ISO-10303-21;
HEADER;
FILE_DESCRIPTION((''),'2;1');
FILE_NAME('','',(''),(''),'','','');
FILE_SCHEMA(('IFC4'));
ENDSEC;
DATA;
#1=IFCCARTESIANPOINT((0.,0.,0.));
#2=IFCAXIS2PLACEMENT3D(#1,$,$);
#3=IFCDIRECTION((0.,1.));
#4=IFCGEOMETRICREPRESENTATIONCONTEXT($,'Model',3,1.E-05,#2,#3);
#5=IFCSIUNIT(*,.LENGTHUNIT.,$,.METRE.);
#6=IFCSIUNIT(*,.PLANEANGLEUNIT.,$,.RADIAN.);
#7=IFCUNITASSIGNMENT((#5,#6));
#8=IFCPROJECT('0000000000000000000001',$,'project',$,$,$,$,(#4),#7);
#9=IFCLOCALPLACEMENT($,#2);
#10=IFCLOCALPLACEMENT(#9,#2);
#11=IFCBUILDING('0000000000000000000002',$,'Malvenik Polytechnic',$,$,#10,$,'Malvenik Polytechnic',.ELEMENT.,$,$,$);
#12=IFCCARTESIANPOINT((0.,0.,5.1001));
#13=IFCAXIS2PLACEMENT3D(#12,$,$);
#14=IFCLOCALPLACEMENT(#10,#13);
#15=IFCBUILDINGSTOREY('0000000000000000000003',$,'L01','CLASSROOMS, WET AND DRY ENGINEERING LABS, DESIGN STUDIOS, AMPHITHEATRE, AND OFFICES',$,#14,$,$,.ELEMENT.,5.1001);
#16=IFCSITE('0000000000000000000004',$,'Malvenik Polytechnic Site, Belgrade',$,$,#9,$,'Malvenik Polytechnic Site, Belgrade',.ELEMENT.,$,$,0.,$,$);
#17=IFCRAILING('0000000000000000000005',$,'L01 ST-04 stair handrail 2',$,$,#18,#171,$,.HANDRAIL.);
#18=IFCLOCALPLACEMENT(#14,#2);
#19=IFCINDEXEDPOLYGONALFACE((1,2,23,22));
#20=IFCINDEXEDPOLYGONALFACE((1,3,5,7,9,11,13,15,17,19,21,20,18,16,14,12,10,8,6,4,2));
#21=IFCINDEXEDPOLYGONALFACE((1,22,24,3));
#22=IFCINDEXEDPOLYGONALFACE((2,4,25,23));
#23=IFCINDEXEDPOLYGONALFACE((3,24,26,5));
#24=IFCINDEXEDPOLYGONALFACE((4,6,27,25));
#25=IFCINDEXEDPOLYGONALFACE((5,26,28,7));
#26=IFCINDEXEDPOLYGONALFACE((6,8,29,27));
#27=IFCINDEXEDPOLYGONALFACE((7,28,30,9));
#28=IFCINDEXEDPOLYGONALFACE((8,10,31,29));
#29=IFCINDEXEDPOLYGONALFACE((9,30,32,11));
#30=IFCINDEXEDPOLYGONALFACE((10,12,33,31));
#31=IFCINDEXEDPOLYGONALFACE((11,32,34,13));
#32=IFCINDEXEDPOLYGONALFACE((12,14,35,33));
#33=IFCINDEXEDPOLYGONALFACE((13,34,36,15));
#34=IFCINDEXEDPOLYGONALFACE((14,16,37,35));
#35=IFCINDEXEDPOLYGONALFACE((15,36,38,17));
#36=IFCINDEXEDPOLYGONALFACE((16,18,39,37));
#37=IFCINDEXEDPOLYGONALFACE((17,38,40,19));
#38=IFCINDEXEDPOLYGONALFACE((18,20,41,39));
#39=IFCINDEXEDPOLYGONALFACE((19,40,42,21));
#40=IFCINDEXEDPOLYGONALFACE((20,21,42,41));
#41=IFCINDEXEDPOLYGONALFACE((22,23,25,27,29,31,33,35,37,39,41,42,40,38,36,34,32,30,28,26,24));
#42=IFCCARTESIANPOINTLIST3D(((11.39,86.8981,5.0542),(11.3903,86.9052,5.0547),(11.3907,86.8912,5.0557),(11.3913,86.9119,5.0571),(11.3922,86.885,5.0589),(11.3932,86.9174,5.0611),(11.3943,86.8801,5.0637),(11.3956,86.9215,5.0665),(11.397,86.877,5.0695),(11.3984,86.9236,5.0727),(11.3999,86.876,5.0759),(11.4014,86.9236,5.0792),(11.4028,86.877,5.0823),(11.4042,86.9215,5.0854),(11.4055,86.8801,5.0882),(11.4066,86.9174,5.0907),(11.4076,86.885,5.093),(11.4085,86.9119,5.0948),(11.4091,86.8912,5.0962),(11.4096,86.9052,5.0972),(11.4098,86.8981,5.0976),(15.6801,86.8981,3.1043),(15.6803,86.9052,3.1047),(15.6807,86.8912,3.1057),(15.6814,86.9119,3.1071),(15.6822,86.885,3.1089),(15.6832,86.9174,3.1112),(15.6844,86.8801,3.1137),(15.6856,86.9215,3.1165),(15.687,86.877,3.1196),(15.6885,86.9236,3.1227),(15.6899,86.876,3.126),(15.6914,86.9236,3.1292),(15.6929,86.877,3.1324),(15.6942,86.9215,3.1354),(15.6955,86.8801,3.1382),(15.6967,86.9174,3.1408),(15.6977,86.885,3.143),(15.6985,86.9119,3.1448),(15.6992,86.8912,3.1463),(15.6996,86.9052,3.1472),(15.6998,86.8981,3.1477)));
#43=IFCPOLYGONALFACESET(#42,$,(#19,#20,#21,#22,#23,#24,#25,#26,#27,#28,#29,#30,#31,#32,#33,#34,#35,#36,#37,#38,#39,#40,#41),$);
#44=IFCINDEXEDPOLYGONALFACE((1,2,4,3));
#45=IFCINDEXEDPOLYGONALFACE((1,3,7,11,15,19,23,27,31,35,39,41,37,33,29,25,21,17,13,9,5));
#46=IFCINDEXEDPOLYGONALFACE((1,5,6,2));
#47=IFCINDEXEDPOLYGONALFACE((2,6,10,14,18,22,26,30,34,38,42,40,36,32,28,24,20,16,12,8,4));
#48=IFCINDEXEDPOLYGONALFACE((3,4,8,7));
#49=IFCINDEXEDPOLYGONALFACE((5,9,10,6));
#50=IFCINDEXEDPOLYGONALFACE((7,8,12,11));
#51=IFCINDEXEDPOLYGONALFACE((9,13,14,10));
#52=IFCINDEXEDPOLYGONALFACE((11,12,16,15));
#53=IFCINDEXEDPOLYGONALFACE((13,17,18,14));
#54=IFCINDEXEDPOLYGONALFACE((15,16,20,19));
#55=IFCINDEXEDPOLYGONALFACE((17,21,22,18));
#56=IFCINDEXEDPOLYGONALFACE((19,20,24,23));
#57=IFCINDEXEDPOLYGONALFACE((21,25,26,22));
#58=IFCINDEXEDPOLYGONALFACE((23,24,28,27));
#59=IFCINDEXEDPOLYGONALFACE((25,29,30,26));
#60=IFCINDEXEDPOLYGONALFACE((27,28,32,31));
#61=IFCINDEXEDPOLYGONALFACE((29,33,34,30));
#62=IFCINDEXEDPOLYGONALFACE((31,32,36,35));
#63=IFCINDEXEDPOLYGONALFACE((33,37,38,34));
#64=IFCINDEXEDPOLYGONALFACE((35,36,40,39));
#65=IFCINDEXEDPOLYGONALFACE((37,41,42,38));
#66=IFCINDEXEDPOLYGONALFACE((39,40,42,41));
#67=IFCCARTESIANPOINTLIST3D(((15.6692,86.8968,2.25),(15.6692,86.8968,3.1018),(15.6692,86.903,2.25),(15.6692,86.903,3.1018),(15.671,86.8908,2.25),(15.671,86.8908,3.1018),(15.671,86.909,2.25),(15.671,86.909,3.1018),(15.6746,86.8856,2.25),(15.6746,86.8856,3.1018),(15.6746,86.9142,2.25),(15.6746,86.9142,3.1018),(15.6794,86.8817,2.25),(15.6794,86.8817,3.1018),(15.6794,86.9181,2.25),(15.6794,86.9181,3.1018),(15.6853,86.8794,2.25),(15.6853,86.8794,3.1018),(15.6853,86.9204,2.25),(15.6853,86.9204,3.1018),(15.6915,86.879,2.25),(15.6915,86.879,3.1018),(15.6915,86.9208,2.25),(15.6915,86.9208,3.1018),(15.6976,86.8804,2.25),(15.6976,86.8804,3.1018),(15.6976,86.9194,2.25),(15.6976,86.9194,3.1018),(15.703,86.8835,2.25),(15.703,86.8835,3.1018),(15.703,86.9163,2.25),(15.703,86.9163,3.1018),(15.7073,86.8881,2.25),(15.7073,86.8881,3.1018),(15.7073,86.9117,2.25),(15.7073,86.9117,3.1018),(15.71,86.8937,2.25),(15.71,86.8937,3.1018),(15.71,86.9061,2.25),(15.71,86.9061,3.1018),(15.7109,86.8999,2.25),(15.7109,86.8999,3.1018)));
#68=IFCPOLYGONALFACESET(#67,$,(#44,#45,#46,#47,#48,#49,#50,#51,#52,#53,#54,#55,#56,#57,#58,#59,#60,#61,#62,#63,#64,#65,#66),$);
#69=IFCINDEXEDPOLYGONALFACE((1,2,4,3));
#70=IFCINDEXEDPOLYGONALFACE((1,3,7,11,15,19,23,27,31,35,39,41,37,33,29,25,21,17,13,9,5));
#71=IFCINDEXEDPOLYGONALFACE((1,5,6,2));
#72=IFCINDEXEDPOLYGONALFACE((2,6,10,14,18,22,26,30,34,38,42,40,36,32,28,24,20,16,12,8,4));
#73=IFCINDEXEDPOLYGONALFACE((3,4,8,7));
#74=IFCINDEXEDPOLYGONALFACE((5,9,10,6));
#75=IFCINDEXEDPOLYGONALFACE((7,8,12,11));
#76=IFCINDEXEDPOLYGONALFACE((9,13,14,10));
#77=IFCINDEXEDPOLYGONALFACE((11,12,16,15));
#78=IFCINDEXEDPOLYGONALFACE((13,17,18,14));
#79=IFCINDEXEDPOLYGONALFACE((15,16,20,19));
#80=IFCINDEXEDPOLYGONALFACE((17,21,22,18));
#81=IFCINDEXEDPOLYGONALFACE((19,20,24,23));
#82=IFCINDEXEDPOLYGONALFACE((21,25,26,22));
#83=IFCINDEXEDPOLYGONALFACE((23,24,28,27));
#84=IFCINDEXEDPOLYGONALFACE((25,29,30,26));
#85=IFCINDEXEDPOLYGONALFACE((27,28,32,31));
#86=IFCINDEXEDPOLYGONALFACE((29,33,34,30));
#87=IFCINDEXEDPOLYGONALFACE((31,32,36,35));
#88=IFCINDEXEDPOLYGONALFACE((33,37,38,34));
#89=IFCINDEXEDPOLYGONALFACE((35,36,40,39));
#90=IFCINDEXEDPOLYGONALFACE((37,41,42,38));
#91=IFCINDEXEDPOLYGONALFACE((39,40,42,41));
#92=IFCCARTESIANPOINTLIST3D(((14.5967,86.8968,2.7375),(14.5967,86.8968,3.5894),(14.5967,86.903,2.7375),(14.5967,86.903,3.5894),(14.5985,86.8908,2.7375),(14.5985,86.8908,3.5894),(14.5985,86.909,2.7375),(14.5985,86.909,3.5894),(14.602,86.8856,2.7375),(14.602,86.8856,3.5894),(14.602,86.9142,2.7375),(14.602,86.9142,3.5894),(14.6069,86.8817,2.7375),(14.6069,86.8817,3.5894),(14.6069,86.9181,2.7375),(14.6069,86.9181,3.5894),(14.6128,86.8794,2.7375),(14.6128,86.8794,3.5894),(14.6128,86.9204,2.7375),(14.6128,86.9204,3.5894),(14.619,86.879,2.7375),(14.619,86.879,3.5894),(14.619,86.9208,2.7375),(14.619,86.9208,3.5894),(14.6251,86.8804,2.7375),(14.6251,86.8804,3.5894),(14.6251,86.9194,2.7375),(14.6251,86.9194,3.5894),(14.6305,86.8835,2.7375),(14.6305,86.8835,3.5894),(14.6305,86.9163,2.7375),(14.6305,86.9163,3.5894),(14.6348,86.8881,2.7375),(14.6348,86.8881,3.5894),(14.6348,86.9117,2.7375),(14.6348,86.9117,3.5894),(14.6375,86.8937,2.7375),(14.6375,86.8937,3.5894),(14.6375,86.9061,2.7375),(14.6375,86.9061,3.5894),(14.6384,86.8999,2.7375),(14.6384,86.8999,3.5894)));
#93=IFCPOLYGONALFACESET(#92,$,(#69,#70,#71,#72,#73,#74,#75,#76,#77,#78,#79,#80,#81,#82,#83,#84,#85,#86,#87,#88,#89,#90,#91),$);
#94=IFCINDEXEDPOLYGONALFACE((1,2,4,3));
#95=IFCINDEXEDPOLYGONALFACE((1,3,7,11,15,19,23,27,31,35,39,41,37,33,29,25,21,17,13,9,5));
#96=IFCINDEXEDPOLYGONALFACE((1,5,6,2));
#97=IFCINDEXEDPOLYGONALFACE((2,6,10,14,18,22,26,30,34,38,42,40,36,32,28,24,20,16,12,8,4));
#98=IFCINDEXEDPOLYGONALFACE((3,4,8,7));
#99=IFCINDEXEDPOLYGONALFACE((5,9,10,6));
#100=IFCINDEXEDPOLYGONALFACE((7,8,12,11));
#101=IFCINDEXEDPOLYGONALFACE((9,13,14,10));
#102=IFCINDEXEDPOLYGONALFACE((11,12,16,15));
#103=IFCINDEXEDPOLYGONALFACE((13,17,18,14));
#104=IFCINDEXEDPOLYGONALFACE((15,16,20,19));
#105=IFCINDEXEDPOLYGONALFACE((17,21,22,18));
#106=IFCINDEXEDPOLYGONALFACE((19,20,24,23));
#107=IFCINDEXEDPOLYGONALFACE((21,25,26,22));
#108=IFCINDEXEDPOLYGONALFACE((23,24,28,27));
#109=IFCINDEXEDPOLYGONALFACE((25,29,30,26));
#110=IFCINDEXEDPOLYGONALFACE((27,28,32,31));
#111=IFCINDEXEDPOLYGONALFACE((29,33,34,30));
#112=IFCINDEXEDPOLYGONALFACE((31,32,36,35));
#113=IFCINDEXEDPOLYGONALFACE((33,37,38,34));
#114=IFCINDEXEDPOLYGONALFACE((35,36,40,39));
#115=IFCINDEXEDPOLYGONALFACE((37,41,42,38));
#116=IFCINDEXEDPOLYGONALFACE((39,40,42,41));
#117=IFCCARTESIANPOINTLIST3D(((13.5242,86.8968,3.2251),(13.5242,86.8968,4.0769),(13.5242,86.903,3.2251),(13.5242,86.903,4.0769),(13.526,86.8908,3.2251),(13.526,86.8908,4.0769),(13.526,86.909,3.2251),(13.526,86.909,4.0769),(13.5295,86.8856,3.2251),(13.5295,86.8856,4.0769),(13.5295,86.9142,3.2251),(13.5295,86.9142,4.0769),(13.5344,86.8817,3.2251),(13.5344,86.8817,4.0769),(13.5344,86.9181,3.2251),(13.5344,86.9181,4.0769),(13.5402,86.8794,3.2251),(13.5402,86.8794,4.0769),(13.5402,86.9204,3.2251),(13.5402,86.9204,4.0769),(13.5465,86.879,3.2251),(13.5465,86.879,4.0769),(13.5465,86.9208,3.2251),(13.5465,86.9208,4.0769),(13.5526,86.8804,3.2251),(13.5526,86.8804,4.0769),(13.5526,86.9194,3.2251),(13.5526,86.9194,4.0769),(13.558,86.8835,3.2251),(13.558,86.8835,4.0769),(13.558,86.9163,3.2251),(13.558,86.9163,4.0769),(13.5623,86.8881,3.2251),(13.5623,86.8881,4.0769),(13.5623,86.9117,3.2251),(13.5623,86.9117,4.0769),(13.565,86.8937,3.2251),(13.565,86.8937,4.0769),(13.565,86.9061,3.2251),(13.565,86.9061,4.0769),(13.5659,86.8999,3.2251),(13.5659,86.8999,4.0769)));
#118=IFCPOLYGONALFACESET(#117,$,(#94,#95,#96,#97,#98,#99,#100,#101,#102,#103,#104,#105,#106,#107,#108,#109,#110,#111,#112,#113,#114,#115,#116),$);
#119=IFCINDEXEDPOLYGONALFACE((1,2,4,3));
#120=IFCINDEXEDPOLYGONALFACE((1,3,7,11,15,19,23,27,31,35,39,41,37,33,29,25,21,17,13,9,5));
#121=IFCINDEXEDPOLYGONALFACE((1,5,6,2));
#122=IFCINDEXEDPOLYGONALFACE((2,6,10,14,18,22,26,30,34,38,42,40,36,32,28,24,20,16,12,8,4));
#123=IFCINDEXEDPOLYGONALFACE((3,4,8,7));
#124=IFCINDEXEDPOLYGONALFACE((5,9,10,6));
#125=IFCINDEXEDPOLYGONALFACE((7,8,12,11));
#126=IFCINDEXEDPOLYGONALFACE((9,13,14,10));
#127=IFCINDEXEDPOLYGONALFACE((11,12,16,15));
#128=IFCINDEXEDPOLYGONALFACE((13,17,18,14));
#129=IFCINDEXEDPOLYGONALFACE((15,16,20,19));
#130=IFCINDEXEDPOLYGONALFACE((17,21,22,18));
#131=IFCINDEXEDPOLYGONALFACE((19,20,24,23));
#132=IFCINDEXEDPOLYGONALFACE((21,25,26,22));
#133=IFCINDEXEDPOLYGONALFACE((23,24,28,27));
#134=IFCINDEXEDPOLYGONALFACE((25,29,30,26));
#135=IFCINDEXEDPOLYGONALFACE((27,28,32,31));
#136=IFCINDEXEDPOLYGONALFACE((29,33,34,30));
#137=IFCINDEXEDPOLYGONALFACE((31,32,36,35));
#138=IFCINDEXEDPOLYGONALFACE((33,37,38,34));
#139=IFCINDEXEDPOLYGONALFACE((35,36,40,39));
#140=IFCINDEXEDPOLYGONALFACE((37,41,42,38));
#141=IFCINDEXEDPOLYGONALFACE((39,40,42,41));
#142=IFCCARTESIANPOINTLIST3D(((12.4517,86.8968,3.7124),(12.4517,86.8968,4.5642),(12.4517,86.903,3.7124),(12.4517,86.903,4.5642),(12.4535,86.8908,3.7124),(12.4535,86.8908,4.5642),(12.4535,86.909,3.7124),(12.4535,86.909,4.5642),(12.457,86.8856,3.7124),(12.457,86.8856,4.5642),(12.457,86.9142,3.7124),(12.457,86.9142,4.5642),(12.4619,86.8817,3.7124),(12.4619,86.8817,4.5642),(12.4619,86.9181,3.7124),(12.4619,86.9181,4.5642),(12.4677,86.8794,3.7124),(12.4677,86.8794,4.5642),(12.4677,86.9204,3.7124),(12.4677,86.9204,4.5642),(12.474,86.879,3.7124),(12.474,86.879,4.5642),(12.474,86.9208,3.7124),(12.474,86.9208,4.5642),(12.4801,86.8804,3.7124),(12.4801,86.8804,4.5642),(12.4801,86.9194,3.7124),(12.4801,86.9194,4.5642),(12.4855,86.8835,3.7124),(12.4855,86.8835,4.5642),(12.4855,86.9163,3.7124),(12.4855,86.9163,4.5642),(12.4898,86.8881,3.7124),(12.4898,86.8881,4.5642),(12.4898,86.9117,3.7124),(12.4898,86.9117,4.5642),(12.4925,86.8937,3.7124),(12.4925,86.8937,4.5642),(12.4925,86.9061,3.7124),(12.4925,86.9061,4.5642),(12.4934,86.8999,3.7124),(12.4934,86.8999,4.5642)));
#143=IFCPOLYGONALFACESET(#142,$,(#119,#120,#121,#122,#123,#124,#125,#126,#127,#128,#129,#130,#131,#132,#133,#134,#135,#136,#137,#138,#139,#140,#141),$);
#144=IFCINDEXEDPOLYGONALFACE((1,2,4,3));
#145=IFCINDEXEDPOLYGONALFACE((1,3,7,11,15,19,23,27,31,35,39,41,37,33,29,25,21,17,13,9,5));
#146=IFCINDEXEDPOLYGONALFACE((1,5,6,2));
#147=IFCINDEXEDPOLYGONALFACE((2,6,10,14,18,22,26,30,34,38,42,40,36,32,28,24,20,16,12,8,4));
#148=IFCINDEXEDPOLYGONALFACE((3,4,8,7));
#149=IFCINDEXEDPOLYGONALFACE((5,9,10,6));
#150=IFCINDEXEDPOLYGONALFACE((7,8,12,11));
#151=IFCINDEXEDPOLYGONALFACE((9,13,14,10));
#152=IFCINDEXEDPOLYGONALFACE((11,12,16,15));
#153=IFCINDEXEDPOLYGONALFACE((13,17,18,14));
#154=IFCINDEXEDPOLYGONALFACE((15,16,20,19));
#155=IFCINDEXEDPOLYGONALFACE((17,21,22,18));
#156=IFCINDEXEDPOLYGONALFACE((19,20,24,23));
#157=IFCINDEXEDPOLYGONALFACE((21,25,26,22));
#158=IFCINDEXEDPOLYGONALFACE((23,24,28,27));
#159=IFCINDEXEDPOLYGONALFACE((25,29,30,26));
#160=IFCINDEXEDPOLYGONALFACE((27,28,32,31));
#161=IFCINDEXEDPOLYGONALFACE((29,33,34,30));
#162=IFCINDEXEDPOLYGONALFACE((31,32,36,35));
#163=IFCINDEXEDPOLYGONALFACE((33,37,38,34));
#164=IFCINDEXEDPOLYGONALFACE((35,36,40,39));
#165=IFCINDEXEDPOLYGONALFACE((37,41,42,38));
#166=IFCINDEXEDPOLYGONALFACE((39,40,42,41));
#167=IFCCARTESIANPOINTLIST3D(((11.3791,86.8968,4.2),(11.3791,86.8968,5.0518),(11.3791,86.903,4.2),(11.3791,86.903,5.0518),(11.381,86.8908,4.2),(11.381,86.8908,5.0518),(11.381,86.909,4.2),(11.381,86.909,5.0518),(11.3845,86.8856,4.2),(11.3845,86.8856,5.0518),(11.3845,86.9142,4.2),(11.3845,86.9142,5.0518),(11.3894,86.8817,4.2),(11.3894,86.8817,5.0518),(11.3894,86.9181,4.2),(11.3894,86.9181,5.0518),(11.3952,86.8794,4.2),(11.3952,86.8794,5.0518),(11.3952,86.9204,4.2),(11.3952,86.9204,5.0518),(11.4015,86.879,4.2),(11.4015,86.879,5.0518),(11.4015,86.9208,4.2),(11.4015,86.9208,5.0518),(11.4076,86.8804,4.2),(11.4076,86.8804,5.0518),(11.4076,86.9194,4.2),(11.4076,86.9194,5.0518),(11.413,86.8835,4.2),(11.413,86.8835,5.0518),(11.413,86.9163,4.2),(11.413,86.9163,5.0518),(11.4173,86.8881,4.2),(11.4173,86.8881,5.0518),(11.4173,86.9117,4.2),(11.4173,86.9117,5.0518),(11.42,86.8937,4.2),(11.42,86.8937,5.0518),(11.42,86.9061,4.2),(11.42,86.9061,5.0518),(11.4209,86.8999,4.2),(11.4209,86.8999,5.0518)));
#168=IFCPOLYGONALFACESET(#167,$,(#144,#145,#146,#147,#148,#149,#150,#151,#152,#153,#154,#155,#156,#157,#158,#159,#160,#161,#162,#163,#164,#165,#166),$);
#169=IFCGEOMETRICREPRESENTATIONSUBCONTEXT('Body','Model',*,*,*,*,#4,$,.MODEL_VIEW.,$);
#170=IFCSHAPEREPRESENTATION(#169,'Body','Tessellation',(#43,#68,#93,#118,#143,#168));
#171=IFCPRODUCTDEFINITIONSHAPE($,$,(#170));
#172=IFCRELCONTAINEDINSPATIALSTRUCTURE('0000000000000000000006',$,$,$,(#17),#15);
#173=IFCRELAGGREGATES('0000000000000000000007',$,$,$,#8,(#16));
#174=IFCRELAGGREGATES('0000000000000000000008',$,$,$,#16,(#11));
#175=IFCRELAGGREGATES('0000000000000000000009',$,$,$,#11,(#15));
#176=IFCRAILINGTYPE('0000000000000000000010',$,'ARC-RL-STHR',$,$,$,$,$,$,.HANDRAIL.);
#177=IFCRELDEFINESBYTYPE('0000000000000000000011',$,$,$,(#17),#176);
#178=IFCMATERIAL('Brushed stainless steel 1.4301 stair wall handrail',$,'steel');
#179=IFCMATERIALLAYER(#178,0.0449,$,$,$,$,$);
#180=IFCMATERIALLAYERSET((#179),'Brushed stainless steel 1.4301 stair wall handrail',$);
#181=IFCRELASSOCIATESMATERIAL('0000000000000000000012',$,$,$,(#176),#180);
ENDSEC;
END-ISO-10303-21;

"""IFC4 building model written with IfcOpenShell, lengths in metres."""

from ifc_helpers import new_model, si_unit, direction, frame, origin, origin_2d, place, context, subcontext, project, spatial, circle, extrude, material, layer, layer_set, type_object, element, save


model = new_model("IFC4")

# Units and contexts
model_context = context("Model", 3, precision=1e-05, world=origin(), true_north=direction((0.0, 1.0)))
body_context = subcontext(model_context, "Body", "Model", "MODEL_VIEW")
ifc_project = project(units=[si_unit("LENGTHUNIT", "METRE"), si_unit("PLANEANGLEUNIT", "RADIAN")], contexts=[model_context])

# Site, building, storey
site_placement = place(None, origin())
site = spatial("IfcSite", under=ifc_project, at=site_placement, Name="Malvenik Polytechnic Site, Belgrade", LongName="Malvenik Polytechnic Site, Belgrade", CompositionType="ELEMENT", RefElevation=0.0)
building_placement = place(site_placement, origin())
building = spatial("IfcBuilding", under=site, at=building_placement, Name="Malvenik Polytechnic", LongName="Malvenik Polytechnic", CompositionType="ELEMENT")
storey_placement = place(building_placement, frame((0.0, 0.0, 5.1001)))
storey = spatial("IfcBuildingStorey", under=building, at=storey_placement, Name="L01", Description="CLASSROOMS, WET AND DRY ENGINEERING LABS, DESIGN STUDIOS, AMPHITHEATRE, AND OFFICES", CompositionType="ELEMENT", Elevation=5.1001)

# Railing
ifc_material_1 = material(Name="Brushed stainless steel 1.4301 stair wall handrail", Category="steel")
ifc_layer_1 = layer(ifc_material_1, 0.0449)
ifc_layer_set_1 = layer_set([ifc_layer_1], Name="Brushed stainless steel 1.4301 stair wall handrail")
railing_type = type_object("IfcRailingType", Name="ARC-RL-STHR", PredefinedType="HANDRAIL", material=ifc_layer_set_1)
railing_placement = place(storey_placement, frame((15.6899, 86.8999, 2.25)))
element("IfcRailing", 1, at=railing_placement, inside=storey, type_object=railing_type, Name="L01 ST-04 stair handrail 2", PredefinedType="HANDRAIL", context=body_context, shape_type="SweptSolid", body=[
    extrude(circle(Radius=0.0239, at=origin_2d()), frame((0.0, 0.0, 0.876), z_axis=(-0.910372, 0.0, 0.413791), x_axis=(0.0, -1.0, 0.0)), (0.0, 0.0, 1.0), 4.7124),
    extrude(circle(Radius=0.021, at=origin_2d()), origin(), (0.0, 0.0, 1.0), 0.8518),
    extrude(circle(Radius=0.021, at=origin_2d()), frame((-1.0725, 0.0, 0.4875)), (0.0, 0.0, 1.0), 0.8518),
    extrude(circle(Radius=0.021, at=origin_2d()), frame((-2.145, 0.0, 0.9751)), (0.0, 0.0, 1.0), 0.8518),
    extrude(circle(Radius=0.021, at=origin_2d()), frame((-3.2175, 0.0, 1.4624)), (0.0, 0.0, 1.0), 0.8518),
    extrude(circle(Radius=0.021, at=origin_2d()), frame((-4.29, 0.0, 1.95)), (0.0, 0.0, 1.0), 0.8518),
])

save(model, "model.ifc")
